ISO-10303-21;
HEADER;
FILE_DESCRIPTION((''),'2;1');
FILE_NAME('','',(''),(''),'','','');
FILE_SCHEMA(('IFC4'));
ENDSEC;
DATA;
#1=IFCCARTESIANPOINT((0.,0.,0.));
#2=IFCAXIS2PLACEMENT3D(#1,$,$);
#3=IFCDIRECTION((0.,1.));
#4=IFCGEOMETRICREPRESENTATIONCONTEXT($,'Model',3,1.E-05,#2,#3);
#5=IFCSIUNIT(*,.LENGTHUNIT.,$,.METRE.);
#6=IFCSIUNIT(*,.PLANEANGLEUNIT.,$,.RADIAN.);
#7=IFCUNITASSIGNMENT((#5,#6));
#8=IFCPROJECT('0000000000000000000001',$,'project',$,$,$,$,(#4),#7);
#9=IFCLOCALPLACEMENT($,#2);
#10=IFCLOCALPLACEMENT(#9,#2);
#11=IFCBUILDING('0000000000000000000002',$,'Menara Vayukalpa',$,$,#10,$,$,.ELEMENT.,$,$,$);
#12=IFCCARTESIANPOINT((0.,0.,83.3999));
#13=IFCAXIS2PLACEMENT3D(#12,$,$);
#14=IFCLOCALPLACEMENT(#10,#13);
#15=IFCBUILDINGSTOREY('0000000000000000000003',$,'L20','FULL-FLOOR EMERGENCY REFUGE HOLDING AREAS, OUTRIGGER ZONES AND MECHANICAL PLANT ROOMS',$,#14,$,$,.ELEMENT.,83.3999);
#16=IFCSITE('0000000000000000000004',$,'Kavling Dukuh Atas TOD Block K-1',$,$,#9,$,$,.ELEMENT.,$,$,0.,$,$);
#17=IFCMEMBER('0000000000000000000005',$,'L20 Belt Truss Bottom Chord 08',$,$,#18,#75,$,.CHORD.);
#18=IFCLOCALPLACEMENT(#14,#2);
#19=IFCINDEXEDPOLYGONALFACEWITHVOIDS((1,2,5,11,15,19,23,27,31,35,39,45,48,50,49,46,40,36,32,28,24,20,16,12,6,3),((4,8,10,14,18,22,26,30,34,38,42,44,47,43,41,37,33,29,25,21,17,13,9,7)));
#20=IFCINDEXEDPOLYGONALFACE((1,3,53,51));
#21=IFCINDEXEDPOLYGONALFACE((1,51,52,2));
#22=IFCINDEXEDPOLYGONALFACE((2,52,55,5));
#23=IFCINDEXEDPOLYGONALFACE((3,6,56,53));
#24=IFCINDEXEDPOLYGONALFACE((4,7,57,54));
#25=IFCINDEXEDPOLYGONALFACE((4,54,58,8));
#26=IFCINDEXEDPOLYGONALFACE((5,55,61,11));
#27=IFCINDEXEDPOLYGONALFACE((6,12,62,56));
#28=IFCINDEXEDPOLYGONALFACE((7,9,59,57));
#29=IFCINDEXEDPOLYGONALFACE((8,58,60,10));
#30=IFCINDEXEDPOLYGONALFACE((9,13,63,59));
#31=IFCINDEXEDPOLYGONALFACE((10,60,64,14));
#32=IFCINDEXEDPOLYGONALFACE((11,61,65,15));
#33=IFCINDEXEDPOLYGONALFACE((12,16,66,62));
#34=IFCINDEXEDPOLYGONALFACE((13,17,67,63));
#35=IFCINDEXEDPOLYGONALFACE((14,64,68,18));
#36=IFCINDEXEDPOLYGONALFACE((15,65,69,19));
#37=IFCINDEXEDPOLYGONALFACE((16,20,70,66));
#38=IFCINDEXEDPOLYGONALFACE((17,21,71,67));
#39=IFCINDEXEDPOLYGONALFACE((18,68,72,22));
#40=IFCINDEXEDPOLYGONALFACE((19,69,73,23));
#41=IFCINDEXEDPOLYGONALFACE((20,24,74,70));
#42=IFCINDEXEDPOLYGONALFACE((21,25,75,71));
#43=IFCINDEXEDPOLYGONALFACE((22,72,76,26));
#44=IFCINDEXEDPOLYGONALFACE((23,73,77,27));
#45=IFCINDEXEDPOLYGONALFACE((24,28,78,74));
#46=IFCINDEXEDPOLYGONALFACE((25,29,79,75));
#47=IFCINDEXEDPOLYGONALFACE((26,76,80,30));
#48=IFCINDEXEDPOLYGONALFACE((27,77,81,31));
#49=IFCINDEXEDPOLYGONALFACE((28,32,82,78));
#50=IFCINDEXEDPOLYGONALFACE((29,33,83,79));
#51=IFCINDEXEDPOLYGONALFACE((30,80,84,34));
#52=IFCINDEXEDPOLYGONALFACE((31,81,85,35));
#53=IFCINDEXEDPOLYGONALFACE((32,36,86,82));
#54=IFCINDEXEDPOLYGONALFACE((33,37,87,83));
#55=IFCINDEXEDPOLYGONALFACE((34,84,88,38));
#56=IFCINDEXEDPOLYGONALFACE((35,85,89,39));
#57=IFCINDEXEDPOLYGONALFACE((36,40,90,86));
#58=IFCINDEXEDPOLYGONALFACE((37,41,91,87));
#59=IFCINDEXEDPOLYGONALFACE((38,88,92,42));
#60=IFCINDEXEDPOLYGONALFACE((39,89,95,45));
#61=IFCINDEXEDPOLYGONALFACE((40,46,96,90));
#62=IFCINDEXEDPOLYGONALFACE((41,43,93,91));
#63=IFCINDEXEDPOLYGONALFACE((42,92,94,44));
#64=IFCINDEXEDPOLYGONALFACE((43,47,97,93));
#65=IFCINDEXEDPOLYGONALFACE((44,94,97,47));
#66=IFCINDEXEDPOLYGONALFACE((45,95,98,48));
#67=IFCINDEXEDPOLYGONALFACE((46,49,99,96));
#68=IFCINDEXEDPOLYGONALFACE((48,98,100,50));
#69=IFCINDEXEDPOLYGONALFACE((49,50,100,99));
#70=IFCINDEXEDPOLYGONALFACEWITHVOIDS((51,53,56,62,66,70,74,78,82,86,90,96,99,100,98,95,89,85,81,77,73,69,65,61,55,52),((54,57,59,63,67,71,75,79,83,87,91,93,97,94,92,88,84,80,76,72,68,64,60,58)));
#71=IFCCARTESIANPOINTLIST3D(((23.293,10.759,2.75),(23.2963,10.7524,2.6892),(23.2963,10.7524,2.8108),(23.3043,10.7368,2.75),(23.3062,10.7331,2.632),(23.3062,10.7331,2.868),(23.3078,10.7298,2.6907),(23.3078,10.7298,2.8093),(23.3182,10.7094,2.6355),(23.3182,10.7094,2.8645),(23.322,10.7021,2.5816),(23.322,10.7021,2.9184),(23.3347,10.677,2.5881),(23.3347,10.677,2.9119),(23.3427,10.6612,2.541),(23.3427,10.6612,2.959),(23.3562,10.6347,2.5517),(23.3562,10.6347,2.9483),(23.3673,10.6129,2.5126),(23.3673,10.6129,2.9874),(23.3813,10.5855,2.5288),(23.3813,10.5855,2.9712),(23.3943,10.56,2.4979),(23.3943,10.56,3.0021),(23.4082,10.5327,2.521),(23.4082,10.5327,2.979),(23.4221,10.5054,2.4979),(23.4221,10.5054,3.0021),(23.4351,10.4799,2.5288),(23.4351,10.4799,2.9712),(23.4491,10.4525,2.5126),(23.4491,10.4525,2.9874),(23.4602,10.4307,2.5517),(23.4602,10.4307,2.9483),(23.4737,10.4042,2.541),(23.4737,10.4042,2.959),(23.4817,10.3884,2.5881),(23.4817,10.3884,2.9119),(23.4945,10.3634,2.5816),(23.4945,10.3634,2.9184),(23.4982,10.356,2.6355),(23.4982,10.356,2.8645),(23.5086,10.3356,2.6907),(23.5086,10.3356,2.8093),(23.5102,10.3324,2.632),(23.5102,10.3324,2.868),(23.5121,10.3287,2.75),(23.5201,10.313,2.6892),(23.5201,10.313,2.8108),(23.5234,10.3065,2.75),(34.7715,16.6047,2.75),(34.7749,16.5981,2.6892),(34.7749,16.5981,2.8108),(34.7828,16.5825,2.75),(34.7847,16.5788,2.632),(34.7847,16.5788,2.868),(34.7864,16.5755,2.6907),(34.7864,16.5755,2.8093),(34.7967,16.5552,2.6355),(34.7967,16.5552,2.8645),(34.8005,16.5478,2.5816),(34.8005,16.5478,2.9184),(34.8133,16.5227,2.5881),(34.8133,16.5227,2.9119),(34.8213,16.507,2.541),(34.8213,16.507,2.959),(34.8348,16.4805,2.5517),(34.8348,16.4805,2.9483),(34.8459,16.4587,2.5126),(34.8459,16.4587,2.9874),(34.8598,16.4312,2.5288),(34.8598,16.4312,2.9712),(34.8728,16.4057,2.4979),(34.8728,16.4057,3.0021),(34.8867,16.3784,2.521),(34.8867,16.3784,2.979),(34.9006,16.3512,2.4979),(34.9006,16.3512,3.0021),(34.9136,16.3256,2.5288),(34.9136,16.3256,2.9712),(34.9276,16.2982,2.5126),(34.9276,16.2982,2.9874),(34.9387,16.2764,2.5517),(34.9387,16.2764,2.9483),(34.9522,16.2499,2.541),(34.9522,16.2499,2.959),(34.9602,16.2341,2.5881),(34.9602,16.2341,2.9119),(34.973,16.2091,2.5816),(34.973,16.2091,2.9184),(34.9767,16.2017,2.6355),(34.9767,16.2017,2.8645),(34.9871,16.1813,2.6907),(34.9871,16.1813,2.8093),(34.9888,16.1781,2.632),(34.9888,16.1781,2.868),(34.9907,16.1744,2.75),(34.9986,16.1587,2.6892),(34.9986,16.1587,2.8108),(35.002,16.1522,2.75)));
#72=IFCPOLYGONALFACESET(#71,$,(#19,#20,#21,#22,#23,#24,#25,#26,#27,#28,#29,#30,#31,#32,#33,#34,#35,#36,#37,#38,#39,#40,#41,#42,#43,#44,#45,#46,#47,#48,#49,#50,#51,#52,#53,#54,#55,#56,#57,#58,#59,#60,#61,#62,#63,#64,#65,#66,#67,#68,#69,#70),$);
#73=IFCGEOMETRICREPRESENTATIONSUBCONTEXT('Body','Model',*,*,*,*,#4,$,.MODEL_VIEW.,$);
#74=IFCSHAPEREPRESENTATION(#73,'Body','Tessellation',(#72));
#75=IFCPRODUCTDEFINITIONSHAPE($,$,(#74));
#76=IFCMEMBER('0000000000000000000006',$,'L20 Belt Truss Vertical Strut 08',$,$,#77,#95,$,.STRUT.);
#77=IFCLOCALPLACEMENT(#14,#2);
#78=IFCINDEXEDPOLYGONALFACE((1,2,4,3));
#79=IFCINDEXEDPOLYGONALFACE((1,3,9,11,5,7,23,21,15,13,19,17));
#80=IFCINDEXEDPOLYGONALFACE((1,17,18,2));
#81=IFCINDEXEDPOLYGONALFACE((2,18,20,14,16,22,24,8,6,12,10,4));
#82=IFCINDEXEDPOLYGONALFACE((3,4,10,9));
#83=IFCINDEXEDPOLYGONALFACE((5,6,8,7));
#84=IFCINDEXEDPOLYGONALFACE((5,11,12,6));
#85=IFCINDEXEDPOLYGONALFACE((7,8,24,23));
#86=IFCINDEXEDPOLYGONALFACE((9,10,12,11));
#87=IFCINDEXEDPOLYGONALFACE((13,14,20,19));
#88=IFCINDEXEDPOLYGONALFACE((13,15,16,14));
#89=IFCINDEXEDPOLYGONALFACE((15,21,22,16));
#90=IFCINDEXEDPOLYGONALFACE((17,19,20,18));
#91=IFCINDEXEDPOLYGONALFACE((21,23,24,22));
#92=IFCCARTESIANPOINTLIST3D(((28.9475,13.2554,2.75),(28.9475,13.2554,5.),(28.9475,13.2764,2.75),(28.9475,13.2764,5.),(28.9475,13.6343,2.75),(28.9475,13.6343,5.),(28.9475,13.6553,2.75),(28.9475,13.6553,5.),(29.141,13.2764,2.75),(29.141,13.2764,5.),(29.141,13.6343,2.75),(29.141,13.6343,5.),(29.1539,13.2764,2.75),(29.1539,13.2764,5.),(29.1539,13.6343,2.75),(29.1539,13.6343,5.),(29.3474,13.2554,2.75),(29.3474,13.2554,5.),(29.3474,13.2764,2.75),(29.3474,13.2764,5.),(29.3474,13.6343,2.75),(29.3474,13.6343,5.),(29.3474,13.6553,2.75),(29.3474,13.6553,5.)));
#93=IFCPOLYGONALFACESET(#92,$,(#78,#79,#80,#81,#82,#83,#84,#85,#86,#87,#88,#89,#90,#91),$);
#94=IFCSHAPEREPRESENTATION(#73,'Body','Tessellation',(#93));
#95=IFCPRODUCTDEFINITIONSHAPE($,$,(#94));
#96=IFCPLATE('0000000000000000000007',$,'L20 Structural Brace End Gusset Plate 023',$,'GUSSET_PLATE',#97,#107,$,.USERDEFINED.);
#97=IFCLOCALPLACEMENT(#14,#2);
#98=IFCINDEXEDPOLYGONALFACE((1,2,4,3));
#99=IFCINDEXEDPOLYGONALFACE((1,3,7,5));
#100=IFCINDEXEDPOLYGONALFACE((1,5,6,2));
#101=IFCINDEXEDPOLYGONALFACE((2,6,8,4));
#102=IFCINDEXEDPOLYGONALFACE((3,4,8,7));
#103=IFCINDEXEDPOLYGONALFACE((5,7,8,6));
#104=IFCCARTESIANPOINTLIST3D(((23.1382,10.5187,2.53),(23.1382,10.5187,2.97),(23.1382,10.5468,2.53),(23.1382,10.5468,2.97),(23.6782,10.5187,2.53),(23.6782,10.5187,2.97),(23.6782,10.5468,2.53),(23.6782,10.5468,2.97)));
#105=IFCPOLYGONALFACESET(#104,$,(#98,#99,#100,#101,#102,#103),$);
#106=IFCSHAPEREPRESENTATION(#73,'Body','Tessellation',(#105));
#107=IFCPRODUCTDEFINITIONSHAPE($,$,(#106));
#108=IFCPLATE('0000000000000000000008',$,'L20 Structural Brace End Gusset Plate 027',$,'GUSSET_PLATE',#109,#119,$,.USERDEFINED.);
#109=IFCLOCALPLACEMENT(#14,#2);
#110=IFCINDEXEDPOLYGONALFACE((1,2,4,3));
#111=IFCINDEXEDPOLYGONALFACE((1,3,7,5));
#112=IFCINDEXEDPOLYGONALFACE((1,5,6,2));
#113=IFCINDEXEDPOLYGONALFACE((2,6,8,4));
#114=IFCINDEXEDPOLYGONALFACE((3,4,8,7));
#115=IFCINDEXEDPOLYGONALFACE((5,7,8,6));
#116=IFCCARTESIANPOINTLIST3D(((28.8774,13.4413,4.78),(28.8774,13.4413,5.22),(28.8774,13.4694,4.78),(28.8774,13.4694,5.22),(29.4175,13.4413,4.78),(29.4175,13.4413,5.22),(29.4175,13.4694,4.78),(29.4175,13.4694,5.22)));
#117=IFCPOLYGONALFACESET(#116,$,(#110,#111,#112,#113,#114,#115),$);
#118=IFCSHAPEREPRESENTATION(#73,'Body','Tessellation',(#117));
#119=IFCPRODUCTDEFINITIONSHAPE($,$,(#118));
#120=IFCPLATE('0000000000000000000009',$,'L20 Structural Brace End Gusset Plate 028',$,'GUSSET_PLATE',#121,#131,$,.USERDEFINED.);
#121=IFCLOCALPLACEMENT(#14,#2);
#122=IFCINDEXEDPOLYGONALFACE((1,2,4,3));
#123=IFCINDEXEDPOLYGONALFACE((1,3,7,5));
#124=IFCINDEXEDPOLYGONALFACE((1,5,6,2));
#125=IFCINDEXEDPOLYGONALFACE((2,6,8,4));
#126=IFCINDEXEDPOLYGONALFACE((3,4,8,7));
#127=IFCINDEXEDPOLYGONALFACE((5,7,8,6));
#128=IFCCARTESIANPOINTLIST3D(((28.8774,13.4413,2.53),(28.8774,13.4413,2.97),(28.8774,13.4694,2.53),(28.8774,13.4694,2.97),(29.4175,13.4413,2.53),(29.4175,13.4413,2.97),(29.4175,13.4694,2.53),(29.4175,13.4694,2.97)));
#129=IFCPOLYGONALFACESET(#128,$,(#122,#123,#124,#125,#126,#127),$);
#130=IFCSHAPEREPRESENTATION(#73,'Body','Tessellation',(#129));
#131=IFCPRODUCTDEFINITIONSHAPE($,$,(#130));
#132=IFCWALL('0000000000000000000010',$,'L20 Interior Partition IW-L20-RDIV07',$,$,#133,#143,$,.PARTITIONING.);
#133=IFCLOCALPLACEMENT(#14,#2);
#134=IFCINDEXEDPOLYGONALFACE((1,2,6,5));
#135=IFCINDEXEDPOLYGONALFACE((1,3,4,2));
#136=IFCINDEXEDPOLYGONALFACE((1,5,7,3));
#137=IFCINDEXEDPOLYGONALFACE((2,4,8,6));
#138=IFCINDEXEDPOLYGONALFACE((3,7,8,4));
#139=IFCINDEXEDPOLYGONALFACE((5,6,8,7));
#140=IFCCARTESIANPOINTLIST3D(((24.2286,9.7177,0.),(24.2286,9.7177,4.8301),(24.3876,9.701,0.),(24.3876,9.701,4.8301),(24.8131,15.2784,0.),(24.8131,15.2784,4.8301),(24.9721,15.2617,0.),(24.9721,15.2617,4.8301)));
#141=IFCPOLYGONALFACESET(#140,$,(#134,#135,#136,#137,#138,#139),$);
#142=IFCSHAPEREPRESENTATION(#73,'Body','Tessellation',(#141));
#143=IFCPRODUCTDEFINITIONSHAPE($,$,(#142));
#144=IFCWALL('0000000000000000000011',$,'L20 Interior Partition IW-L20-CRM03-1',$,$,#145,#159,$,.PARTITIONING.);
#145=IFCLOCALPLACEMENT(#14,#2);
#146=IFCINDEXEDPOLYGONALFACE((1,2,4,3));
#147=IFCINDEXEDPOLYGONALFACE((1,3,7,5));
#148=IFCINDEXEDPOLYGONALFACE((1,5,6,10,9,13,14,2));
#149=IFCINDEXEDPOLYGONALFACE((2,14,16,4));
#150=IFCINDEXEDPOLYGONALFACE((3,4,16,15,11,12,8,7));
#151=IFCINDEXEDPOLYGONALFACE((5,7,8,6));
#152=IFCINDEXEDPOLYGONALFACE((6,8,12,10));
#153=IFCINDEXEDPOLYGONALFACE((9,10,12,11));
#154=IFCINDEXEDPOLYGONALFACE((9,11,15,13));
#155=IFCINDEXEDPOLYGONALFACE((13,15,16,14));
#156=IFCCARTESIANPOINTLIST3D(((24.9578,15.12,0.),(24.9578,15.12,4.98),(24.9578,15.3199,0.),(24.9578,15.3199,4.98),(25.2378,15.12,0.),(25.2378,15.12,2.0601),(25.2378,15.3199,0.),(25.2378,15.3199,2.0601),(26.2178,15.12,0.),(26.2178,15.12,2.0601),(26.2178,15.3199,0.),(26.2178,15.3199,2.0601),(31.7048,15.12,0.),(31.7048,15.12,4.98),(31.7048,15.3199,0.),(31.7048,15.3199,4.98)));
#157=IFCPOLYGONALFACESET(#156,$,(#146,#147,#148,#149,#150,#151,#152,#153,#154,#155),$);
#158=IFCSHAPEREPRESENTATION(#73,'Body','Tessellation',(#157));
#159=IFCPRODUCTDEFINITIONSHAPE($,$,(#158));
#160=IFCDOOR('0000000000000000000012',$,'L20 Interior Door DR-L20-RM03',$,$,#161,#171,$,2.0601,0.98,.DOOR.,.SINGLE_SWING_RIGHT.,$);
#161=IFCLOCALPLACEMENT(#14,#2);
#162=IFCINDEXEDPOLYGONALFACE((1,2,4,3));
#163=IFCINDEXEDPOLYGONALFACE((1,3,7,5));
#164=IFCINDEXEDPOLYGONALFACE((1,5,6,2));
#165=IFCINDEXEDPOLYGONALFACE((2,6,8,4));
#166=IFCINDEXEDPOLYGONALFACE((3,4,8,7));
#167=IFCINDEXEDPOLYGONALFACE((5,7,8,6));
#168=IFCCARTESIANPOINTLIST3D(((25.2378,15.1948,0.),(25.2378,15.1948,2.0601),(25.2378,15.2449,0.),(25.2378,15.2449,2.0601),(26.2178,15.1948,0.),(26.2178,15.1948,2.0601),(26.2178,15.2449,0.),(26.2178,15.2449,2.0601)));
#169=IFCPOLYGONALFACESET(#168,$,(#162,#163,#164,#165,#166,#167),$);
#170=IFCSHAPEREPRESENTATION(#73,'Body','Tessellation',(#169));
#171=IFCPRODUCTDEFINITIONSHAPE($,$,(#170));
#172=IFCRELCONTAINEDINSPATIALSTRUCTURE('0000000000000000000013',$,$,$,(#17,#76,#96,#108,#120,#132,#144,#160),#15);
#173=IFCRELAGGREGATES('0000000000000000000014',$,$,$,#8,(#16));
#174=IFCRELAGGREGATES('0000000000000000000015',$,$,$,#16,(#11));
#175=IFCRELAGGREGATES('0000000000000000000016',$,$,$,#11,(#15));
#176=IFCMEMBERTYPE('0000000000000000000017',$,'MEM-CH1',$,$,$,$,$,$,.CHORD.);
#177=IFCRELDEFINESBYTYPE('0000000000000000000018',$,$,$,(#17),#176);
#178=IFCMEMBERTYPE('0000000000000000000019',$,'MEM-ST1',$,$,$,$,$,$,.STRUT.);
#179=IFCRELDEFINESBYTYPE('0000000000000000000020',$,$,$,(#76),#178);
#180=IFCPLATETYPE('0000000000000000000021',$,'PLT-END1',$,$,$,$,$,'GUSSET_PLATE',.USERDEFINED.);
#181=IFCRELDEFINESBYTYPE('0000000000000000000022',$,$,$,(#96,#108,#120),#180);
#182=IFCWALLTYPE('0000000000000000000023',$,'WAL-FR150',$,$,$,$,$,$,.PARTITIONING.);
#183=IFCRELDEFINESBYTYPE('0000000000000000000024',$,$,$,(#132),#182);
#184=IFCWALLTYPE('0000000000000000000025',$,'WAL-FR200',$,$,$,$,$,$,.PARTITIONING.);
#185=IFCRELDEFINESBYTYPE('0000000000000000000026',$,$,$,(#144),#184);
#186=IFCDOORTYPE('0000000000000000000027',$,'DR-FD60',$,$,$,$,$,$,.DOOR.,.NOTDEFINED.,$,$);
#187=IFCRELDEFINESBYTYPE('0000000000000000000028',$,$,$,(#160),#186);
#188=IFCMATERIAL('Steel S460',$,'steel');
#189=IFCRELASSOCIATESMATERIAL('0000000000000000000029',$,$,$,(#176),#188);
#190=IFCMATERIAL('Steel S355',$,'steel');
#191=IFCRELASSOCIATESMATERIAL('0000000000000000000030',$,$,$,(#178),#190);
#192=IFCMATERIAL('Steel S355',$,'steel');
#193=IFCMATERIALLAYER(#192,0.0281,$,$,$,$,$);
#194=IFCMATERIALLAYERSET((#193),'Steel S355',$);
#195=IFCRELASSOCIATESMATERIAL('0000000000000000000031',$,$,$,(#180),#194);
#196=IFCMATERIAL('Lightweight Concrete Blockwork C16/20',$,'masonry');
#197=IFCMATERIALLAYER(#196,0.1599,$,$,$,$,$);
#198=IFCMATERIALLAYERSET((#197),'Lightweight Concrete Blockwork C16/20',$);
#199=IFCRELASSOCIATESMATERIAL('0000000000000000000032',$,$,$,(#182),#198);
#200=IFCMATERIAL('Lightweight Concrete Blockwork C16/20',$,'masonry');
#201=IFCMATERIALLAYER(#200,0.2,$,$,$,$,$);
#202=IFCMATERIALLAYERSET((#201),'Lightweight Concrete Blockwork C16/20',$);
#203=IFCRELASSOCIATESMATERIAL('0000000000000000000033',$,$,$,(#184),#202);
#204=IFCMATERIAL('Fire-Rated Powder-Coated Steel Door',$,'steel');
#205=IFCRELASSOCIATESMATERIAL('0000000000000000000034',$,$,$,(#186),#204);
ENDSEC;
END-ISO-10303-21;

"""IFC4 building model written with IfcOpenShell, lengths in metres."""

from ifc_helpers import new_model, si_unit, direction, frame, frame_2d, origin, origin_2d, place, context, subcontext, project, spatial, rectangle, hollow_circle, i_section, extrude, material, layer, layer_set, material_profile, profile_set, type_object, element, fill, save


model = new_model("IFC4")

# Units and contexts
model_context = context("Model", 3, precision=1e-05, world=origin(), true_north=direction((0.0, 1.0)))
body_context = subcontext(model_context, "Body", "Model", "MODEL_VIEW")
ifc_project = project(units=[si_unit("LENGTHUNIT", "METRE"), si_unit("PLANEANGLEUNIT", "RADIAN")], contexts=[model_context])

# Site, building, storey
site_placement = place(None, origin())
site = spatial("IfcSite", under=ifc_project, at=site_placement, Name="Kavling Dukuh Atas TOD Block K-1", CompositionType="ELEMENT", RefElevation=0.0)
building_placement = place(site_placement, origin())
building = spatial("IfcBuilding", under=site, at=building_placement, Name="Menara Vayukalpa", CompositionType="ELEMENT")
storey_placement = place(building_placement, frame((0.0, 0.0, 83.3999)))
storey = spatial("IfcBuildingStorey", under=building, at=storey_placement, Name="L20", Description="FULL-FLOOR EMERGENCY REFUGE HOLDING AREAS, OUTRIGGER ZONES AND MECHANICAL PLANT ROOMS", CompositionType="ELEMENT", Elevation=83.3999)

# Members
ifc_material_1 = material(Name="Steel S460", Category="steel")
ifc_material_profile_1 = material_profile(ifc_material_1, hollow_circle(Radius=0.2539, WallThickness=0.0249, at=origin_2d()), Name="CHS 508.0x25")
ifc_profile_set_1 = profile_set([ifc_material_profile_1], Name="Steel S460")
member_type_1 = type_object("IfcMemberType", Name="MEM-CH1", PredefinedType="CHORD", material=ifc_profile_set_1)
member_1_placement = place(storey_placement, frame((23.4082, 10.5327, 2.75), z_axis=(0.891097, 0.453812, 0.0), x_axis=(-0.453812, 0.891097, 0.0)))
element("IfcMember", 1, at=member_1_placement, inside=storey, type_object=member_type_1, Name="L20 Belt Truss Bottom Chord 08", PredefinedType="CHORD", context=body_context, shape_type="SweptSolid", body=[
    extrude(hollow_circle(Radius=0.2539, WallThickness=0.0249, at=origin_2d()), origin(), (0.0, 0.0, 1.0), 12.8813),
])
ifc_material_2 = material(Name="Steel S355", Category="steel")
ifc_material_profile_2 = material_profile(ifc_material_2, i_section(OverallWidth=0.3999, OverallDepth=0.3999, WebThickness=0.0129, FlangeThickness=0.021, at=origin_2d()), Name="H 400x400x13x21")
ifc_profile_set_2 = profile_set([ifc_material_profile_2], Name="Steel S355")
member_type_2 = type_object("IfcMemberType", Name="MEM-ST1", PredefinedType="STRUT", material=ifc_profile_set_2)
member_2_placement = place(storey_placement, frame((29.1475, 13.4553, 2.75), z_axis=(0.0, 0.0, 1.0), x_axis=(1.0, 0.0, 0.0)))
element("IfcMember", 2, at=member_2_placement, inside=storey, type_object=member_type_2, Name="L20 Belt Truss Vertical Strut 08", PredefinedType="STRUT", context=body_context, shape_type="SweptSolid", body=[
    extrude(i_section(OverallWidth=0.3999, OverallDepth=0.3999, WebThickness=0.0129, FlangeThickness=0.021, at=origin_2d()), origin(), (0.0, 0.0, 1.0), 2.25),
])

# Plates
ifc_material_3 = material(Name="Steel S355", Category="steel")
ifc_layer_1 = layer(ifc_material_3, 0.0281)
ifc_layer_set_1 = layer_set([ifc_layer_1], Name="Steel S355")
plate_type = type_object("IfcPlateType", Name="PLT-END1", ElementType="GUSSET_PLATE", PredefinedType="USERDEFINED", material=ifc_layer_set_1)
for number, where, z_axis, x_axis, name in (
    (3, (23.4082, 10.5327, 2.53), (0.0, 0.0, 1.0), (1.0, 0.0, 0.0), "L20 Structural Brace End Gusset Plate 023"),
    (4, (29.1475, 13.4553, 4.78), (0.0, 0.0, 1.0), (1.0, 0.0, 0.0), "L20 Structural Brace End Gusset Plate 027"),
    (5, (29.1475, 13.4553, 2.53), (0.0, 0.0, 1.0), (1.0, 0.0, 0.0), "L20 Structural Brace End Gusset Plate 028"),
):
    element("IfcPlate", number, at=place(storey_placement, frame(where, z_axis=z_axis, x_axis=x_axis)), inside=storey, type_object=plate_type, Name=name, ObjectType="GUSSET_PLATE", PredefinedType="USERDEFINED", context=body_context, shape_type="SweptSolid", body=[
        extrude(rectangle(XDim=0.54, YDim=0.0281, at=origin_2d()), origin(), (0.0, 0.0, 1.0), 0.4399),
    ])

# Wall
ifc_material_4 = material(Name="Lightweight Concrete Blockwork C16/20", Category="masonry")
ifc_layer_2 = layer(ifc_material_4, 0.1599)
ifc_layer_set_2 = layer_set([ifc_layer_2], Name="Lightweight Concrete Blockwork C16/20")
wall_type_1 = type_object("IfcWallType", Name="WAL-FR150", PredefinedType="PARTITIONING", material=ifc_layer_set_2)
wall_1_placement = place(storey_placement, frame((24.8926, 15.27, 0.0), z_axis=(0.0, 0.0, 1.0), x_axis=(-0.10453, -0.994522, 0.0)))
element("IfcWall", 6, at=wall_1_placement, inside=storey, type_object=wall_type_1, Name="L20 Interior Partition IW-L20-RDIV07", PredefinedType="PARTITIONING", context=body_context, shape_type="SweptSolid", body=[
    extrude(rectangle(XDim=5.5913, YDim=0.1599, at=frame_2d((2.7957, 0.0))), origin(), (0.0, 0.0, 1.0), 4.8301),
])

# Wall, opening, door
ifc_material_5 = material(Name="Lightweight Concrete Blockwork C16/20", Category="masonry")
ifc_layer_3 = layer(ifc_material_5, 0.2)
ifc_layer_set_3 = layer_set([ifc_layer_3], Name="Lightweight Concrete Blockwork C16/20")
wall_type_2 = type_object("IfcWallType", Name="WAL-FR200", PredefinedType="PARTITIONING", material=ifc_layer_set_3)
wall_2_placement = place(storey_placement, frame((24.9578, 15.22, 0.0), z_axis=(0.0, 0.0, 1.0), x_axis=(1.0, 0.0, 0.0)))
wall_2 = element("IfcWall", 7, at=wall_2_placement, inside=storey, type_object=wall_type_2, Name="L20 Interior Partition IW-L20-CRM03-1", PredefinedType="PARTITIONING", context=body_context, shape_type="SweptSolid", body=[
    extrude(rectangle(XDim=6.7471, YDim=0.2, at=frame_2d((3.3735, 0.0))), origin(), (0.0, 0.0, 1.0), 4.98),
])
opening_placement = place(wall_2_placement, frame((0.28, 0.0, 0.0)))
opening = element("IfcOpeningElement", 8, at=opening_placement, cuts=wall_2, PredefinedType="OPENING", context=body_context, shape_type="SweptSolid", body=[
    extrude(rectangle(XDim=0.98, YDim=2.0601, at=frame_2d((0.49, 1.03))), frame((0.0, 0.1099, 0.0), z_axis=(0.0, -1.0, 0.0), x_axis=(1.0, 0.0, 0.0)), (0.0, 0.0, 1.0), 0.22),
])
ifc_material_6 = material(Name="Fire-Rated Powder-Coated Steel Door", Category="steel")
door_type = type_object("IfcDoorType", Name="DR-FD60", OperationType="NOTDEFINED", PredefinedType="DOOR", material=ifc_material_6)
door_placement = place(opening_placement, origin())
door = element("IfcDoor", 9, at=door_placement, inside=storey, type_object=door_type, Name="L20 Interior Door DR-L20-RM03", OperationType="SINGLE_SWING_RIGHT", OverallHeight=2.0601, OverallWidth=0.98, PredefinedType="DOOR", context=body_context, shape_type="SweptSolid", body=[
    extrude(rectangle(XDim=0.98, YDim=2.0601, at=frame_2d((0.49, 1.03))), frame((0.0, 0.0249, 0.0), z_axis=(0.0, -1.0, 0.0), x_axis=(1.0, 0.0, 0.0)), (0.0, 0.0, 1.0), 0.05),
])
fill(opening, door)

save(model, "model.ifc")
